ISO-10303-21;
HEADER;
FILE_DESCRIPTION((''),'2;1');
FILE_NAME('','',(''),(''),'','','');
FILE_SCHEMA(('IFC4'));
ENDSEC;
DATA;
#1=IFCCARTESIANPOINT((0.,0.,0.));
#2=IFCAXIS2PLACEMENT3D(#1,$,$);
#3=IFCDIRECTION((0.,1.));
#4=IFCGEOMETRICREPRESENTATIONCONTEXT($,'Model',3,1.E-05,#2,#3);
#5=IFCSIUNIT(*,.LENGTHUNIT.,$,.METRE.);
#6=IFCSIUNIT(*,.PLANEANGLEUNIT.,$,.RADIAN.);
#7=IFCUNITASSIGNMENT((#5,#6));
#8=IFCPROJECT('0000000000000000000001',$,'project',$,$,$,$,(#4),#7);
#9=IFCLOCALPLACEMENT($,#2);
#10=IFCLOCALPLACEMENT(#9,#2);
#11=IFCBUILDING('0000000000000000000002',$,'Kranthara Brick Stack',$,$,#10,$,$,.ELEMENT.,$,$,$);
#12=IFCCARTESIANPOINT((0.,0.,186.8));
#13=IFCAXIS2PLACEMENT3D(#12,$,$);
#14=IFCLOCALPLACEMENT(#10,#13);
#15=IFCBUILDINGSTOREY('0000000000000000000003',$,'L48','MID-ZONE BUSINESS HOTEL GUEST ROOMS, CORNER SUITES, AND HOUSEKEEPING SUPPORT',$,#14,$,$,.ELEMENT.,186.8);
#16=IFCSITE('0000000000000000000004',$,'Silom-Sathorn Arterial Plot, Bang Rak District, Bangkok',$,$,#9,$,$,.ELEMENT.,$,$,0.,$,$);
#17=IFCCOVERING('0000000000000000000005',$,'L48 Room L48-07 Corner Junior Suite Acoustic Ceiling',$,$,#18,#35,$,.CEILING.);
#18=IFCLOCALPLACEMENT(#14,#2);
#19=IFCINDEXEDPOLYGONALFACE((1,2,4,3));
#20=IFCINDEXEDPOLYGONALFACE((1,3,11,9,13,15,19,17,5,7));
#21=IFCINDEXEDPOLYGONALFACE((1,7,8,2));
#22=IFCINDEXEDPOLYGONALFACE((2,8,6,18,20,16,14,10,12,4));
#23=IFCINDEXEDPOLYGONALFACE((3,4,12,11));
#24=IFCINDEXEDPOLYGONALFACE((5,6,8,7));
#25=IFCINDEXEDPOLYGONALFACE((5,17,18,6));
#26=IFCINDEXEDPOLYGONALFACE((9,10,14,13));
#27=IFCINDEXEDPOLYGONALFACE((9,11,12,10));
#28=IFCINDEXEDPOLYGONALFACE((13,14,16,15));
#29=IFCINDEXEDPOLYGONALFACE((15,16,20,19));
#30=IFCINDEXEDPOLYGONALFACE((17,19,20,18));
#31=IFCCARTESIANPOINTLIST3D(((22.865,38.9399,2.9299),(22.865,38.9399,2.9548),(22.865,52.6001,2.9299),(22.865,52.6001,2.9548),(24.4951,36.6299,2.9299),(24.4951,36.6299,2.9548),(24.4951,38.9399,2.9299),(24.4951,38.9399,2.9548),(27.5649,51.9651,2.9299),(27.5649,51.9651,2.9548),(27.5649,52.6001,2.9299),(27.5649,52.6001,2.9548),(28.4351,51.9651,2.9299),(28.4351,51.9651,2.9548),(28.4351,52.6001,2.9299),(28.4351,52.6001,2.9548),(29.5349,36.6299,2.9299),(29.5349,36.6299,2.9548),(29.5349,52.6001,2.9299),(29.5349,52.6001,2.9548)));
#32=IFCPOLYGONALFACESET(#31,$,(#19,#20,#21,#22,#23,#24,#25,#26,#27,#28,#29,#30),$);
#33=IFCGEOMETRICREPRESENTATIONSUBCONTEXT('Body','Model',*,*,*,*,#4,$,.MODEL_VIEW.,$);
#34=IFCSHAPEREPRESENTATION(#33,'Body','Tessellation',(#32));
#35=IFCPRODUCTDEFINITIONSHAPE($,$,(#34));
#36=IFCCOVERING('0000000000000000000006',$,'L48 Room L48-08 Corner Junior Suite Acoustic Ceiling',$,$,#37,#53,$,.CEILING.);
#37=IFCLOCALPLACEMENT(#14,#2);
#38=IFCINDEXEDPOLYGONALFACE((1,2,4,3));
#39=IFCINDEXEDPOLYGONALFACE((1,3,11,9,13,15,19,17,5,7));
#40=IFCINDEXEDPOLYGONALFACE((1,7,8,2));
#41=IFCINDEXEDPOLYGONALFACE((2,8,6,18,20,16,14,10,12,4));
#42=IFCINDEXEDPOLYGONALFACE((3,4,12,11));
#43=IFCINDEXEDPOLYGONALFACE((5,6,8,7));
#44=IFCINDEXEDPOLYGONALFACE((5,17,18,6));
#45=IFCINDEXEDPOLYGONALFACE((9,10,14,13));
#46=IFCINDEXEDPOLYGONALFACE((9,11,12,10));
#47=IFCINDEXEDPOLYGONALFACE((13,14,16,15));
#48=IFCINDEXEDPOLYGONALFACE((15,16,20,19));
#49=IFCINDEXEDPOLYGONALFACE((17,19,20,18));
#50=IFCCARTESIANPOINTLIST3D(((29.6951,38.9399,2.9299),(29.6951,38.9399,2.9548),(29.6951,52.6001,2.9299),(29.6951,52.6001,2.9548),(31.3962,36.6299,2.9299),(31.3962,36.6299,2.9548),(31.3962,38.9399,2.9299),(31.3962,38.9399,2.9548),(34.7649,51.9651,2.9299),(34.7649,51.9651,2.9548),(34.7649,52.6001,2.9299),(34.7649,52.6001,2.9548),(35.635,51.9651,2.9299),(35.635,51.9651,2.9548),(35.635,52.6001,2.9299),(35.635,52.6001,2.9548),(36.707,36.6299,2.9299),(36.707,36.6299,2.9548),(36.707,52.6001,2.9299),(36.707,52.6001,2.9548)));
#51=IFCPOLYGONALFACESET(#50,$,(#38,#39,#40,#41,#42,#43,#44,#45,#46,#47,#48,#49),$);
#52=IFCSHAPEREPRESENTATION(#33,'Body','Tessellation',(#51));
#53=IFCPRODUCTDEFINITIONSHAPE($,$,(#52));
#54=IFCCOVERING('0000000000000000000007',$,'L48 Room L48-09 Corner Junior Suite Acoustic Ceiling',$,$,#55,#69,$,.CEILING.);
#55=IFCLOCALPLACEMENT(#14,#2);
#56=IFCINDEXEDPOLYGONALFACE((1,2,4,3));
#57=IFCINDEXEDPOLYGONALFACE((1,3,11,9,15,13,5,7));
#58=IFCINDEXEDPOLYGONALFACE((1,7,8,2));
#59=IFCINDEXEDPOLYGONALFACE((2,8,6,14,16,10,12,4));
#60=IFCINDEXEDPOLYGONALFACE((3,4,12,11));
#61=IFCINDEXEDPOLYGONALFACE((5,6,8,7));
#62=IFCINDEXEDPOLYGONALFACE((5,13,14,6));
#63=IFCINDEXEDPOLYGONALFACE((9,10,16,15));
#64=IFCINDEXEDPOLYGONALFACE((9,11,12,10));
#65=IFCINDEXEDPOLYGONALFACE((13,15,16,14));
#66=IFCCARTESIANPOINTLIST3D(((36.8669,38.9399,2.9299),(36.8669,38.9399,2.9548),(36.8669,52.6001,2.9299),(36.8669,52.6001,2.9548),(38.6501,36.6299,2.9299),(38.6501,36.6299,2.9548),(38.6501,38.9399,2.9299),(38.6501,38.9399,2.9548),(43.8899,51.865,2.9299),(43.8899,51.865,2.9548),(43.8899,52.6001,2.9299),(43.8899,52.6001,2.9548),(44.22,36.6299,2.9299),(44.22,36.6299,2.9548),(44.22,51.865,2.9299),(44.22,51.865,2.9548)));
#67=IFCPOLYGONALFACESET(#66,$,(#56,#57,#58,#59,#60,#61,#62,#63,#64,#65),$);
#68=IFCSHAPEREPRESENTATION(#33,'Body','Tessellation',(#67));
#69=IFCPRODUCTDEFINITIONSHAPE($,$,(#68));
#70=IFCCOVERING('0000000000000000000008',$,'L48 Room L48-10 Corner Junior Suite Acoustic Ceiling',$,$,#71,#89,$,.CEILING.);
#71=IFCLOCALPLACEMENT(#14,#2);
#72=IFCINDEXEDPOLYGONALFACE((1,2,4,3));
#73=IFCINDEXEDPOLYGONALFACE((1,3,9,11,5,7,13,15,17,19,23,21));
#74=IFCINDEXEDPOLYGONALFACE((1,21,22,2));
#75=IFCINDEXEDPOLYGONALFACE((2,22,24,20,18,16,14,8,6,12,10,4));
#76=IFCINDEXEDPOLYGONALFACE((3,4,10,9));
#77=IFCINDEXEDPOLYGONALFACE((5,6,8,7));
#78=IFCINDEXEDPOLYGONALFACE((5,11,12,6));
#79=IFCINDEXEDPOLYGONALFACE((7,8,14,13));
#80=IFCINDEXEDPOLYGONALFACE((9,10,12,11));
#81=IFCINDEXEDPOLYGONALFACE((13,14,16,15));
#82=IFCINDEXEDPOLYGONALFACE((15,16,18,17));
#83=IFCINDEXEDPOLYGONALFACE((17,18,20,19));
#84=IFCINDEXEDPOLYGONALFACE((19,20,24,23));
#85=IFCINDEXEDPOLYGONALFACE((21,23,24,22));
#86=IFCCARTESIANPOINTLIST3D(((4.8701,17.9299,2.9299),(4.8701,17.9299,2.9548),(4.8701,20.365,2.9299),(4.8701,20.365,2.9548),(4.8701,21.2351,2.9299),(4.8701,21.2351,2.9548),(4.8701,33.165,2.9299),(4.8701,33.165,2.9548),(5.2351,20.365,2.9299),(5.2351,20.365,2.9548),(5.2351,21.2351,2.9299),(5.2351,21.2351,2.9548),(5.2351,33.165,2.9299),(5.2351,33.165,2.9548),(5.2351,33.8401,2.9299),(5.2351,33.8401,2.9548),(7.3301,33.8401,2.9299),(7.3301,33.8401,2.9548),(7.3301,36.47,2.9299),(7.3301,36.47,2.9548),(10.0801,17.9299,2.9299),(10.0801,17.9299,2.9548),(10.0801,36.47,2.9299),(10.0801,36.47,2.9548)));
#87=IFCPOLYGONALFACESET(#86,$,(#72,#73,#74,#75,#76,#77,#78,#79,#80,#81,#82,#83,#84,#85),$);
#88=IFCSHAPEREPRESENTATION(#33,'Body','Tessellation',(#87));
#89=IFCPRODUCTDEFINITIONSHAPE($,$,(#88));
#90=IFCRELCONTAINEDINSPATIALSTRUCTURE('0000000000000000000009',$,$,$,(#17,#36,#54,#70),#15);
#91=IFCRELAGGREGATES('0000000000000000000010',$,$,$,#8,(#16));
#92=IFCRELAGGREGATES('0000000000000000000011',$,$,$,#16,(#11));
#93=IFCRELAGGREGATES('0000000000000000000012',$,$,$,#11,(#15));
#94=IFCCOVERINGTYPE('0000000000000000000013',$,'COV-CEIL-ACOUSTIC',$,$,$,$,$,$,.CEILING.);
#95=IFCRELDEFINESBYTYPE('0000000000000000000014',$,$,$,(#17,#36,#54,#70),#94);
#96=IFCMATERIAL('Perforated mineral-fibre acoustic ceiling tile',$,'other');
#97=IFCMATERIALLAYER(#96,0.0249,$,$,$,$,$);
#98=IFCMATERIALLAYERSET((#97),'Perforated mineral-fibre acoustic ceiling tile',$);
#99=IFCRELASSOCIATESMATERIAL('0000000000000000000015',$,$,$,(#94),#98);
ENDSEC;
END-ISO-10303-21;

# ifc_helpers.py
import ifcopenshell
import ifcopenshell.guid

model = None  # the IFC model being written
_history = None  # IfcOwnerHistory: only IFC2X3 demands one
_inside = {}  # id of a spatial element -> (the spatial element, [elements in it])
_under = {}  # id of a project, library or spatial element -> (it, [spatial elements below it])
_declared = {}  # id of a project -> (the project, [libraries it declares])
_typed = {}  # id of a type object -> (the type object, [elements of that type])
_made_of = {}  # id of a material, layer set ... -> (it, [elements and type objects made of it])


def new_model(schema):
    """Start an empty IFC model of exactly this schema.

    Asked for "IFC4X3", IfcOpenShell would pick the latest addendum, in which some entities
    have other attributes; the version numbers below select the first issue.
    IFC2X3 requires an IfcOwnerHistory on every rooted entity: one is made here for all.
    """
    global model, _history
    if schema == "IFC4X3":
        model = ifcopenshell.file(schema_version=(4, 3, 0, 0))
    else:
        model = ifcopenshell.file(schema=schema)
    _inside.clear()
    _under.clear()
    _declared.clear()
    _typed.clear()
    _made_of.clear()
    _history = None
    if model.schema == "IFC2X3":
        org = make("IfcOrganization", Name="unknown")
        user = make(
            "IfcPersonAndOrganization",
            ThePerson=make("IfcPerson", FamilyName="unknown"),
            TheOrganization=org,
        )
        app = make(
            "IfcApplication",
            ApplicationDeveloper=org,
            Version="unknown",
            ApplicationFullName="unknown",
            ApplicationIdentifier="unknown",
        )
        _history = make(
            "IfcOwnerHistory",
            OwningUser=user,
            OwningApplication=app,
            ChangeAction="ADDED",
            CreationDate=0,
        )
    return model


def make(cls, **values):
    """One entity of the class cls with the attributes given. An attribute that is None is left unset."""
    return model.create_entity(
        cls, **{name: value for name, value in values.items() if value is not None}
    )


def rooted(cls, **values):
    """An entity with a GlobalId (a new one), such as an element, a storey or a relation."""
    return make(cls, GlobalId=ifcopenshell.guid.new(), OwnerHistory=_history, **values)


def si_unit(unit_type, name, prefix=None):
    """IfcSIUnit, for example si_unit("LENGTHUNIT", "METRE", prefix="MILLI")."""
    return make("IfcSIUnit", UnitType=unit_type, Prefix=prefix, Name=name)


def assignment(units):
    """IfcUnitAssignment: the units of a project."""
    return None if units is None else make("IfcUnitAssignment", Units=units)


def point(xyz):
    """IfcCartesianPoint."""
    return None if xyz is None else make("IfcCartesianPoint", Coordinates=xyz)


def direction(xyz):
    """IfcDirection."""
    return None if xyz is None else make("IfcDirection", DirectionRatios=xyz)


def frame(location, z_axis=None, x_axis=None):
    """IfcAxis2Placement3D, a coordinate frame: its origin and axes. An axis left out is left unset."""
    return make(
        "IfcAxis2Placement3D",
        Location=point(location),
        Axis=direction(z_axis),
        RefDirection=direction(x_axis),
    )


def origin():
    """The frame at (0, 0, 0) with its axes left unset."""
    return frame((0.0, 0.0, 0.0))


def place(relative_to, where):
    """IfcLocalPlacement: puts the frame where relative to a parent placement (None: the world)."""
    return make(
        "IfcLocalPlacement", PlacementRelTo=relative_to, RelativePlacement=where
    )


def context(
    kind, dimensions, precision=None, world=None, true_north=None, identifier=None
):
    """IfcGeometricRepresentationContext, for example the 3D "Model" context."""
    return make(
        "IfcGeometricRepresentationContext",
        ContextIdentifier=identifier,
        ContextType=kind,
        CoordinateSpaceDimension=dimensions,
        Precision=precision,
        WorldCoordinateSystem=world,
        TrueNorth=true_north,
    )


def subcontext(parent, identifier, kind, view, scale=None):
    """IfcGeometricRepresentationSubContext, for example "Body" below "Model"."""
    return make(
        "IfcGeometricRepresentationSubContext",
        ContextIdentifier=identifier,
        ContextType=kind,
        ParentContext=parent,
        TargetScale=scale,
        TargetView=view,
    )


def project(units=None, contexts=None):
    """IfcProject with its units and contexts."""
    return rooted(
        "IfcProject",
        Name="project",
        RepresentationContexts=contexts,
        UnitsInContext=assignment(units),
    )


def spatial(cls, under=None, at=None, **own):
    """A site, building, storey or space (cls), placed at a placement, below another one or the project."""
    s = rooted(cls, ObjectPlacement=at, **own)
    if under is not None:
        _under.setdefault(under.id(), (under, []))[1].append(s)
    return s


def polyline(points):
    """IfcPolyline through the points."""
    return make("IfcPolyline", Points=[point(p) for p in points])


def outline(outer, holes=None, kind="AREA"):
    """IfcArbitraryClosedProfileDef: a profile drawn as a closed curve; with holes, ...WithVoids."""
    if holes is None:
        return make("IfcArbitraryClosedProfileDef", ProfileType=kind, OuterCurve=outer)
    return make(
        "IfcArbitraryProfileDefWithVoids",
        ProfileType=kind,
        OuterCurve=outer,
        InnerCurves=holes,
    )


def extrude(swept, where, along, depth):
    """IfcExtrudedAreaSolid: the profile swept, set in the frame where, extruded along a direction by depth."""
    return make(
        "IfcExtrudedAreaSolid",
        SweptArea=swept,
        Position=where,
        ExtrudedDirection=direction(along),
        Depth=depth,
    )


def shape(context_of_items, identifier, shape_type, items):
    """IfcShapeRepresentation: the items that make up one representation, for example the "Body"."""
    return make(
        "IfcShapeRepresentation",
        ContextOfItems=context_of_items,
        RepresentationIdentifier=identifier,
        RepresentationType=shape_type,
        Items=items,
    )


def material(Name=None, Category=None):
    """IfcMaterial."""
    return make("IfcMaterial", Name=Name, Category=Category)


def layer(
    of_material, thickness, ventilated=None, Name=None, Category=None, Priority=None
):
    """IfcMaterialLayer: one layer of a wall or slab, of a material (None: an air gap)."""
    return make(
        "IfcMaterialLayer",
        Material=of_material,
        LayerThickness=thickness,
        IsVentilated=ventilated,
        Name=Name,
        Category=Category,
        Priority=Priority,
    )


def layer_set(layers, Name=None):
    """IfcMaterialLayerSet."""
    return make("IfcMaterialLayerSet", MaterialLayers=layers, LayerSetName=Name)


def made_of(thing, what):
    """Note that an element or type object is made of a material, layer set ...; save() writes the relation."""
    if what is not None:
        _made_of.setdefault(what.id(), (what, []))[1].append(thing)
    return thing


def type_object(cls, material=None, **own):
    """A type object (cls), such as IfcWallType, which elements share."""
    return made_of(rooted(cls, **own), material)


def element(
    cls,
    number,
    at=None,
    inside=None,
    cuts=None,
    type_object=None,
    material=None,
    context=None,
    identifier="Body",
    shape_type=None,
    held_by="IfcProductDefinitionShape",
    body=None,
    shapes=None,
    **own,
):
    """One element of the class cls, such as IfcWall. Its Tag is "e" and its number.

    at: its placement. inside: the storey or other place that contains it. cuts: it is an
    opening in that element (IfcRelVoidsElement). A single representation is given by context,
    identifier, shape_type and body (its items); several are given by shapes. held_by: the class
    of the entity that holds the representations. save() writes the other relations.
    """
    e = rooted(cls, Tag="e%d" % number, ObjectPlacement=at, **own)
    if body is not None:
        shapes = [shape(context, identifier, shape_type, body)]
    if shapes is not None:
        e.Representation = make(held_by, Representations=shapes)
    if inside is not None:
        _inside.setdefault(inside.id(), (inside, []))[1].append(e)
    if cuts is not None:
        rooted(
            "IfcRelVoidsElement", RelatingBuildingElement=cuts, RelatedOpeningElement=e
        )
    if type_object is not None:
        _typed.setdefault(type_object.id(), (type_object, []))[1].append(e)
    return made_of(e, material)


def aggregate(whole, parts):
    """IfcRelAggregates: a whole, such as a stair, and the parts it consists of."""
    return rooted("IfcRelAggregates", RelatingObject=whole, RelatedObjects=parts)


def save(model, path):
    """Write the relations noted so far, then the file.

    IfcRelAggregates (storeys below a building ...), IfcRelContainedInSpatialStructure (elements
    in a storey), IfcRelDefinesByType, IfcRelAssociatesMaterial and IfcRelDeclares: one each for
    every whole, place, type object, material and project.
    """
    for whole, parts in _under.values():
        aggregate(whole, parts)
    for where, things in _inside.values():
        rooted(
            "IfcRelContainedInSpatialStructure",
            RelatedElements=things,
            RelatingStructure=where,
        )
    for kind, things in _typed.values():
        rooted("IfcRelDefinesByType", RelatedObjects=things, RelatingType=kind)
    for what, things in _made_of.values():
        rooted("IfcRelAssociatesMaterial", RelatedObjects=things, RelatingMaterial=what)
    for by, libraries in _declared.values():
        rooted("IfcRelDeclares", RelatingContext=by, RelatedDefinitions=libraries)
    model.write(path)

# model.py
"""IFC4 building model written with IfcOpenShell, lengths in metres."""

from ifc_helpers import new_model, si_unit, direction, frame, origin, place, context, subcontext, project, spatial, polyline, outline, extrude, material, layer, layer_set, type_object, element, save


model = new_model("IFC4")

# Units and contexts
model_context = context("Model", 3, precision=1e-05, world=origin(), true_north=direction((0.0, 1.0)))
body_context = subcontext(model_context, "Body", "Model", "MODEL_VIEW")
ifc_project = project(units=[si_unit("LENGTHUNIT", "METRE"), si_unit("PLANEANGLEUNIT", "RADIAN")], contexts=[model_context])

# Site, building, storey
site_placement = place(None, origin())
site = spatial("IfcSite", under=ifc_project, at=site_placement, Name="Silom-Sathorn Arterial Plot, Bang Rak District, Bangkok", CompositionType="ELEMENT", RefElevation=0.0)
building_placement = place(site_placement, origin())
building = spatial("IfcBuilding", under=site, at=building_placement, Name="Kranthara Brick Stack", CompositionType="ELEMENT")
storey_placement = place(building_placement, frame((0.0, 0.0, 186.8)))
storey = spatial("IfcBuildingStorey", under=building, at=storey_placement, Name="L48", Description="MID-ZONE BUSINESS HOTEL GUEST ROOMS, CORNER SUITES, AND HOUSEKEEPING SUPPORT", CompositionType="ELEMENT", Elevation=186.8)

# Coverings
ifc_material_1 = material(Name="Perforated mineral-fibre acoustic ceiling tile", Category="other")
ifc_layer_1 = layer(ifc_material_1, 0.0249)
ifc_layer_set_1 = layer_set([ifc_layer_1], Name="Perforated mineral-fibre acoustic ceiling tile")
covering_type = type_object("IfcCoveringType", Name="COV-CEIL-ACOUSTIC", PredefinedType="CEILING", material=ifc_layer_set_1)
covering_1_placement = place(storey_placement, frame((0.0, 0.0, 2.9299)))
element("IfcCovering", 1, at=covering_1_placement, inside=storey, type_object=covering_type, Name="L48 Room L48-07 Corner Junior Suite Acoustic Ceiling", PredefinedType="CEILING", context=body_context, shape_type="SweptSolid", body=[
    extrude(outline(polyline([(29.5349, 52.6001), (29.5349, 36.6299), (24.4951, 36.6299), (24.4951, 38.9399), (22.865, 38.9399), (22.865, 52.6001), (27.5649, 52.6001), (27.5649, 51.9651), (28.4351, 51.9651), (28.4351, 52.6001), (29.5349, 52.6001)])), origin(), (0.0, 0.0, 1.0), 0.0249),
])
covering_2_placement = place(storey_placement, frame((0.0, 0.0, 2.9299)))
element("IfcCovering", 2, at=covering_2_placement, inside=storey, type_object=covering_type, Name="L48 Room L48-08 Corner Junior Suite Acoustic Ceiling", PredefinedType="CEILING", context=body_context, shape_type="SweptSolid", body=[
    extrude(outline(polyline([(36.707, 52.6001), (36.707, 36.6299), (31.3962, 36.6299), (31.3962, 38.9399), (29.6951, 38.9399), (29.6951, 52.6001), (34.7649, 52.6001), (34.7649, 51.9651), (35.635, 51.9651), (35.635, 52.6001), (36.707, 52.6001)])), origin(), (0.0, 0.0, 1.0), 0.0249),
])
covering_3_placement = place(storey_placement, frame((0.0, 0.0, 2.9299)))
element("IfcCovering", 3, at=covering_3_placement, inside=storey, type_object=covering_type, Name="L48 Room L48-09 Corner Junior Suite Acoustic Ceiling", PredefinedType="CEILING", context=body_context, shape_type="SweptSolid", body=[
    extrude(outline(polyline([(44.22, 36.6299), (38.6501, 36.6299), (38.6501, 38.9399), (36.8669, 38.9399), (36.8669, 52.6001), (43.8899, 52.6001), (43.8899, 51.865), (44.22, 51.865), (44.22, 36.6299)])), origin(), (0.0, 0.0, 1.0), 0.0249),
])
covering_4_placement = place(storey_placement, frame((0.0, 0.0, 2.9299)))
element("IfcCovering", 4, at=covering_4_placement, inside=storey, type_object=covering_type, Name="L48 Room L48-10 Corner Junior Suite Acoustic Ceiling", PredefinedType="CEILING", context=body_context, shape_type="SweptSolid", body=[
    extrude(outline(polyline([(7.3301, 33.8401), (7.3301, 36.47), (10.0801, 36.47), (10.0801, 17.9299), (4.8701, 17.9299), (4.8701, 20.365), (5.2351, 20.365), (5.2351, 21.2351), (4.8701, 21.2351), (4.8701, 33.165), (5.2351, 33.165), (5.2351, 33.8401), (7.3301, 33.8401)])), origin(), (0.0, 0.0, 1.0), 0.0249),
])

save(model, "model.ifc")
